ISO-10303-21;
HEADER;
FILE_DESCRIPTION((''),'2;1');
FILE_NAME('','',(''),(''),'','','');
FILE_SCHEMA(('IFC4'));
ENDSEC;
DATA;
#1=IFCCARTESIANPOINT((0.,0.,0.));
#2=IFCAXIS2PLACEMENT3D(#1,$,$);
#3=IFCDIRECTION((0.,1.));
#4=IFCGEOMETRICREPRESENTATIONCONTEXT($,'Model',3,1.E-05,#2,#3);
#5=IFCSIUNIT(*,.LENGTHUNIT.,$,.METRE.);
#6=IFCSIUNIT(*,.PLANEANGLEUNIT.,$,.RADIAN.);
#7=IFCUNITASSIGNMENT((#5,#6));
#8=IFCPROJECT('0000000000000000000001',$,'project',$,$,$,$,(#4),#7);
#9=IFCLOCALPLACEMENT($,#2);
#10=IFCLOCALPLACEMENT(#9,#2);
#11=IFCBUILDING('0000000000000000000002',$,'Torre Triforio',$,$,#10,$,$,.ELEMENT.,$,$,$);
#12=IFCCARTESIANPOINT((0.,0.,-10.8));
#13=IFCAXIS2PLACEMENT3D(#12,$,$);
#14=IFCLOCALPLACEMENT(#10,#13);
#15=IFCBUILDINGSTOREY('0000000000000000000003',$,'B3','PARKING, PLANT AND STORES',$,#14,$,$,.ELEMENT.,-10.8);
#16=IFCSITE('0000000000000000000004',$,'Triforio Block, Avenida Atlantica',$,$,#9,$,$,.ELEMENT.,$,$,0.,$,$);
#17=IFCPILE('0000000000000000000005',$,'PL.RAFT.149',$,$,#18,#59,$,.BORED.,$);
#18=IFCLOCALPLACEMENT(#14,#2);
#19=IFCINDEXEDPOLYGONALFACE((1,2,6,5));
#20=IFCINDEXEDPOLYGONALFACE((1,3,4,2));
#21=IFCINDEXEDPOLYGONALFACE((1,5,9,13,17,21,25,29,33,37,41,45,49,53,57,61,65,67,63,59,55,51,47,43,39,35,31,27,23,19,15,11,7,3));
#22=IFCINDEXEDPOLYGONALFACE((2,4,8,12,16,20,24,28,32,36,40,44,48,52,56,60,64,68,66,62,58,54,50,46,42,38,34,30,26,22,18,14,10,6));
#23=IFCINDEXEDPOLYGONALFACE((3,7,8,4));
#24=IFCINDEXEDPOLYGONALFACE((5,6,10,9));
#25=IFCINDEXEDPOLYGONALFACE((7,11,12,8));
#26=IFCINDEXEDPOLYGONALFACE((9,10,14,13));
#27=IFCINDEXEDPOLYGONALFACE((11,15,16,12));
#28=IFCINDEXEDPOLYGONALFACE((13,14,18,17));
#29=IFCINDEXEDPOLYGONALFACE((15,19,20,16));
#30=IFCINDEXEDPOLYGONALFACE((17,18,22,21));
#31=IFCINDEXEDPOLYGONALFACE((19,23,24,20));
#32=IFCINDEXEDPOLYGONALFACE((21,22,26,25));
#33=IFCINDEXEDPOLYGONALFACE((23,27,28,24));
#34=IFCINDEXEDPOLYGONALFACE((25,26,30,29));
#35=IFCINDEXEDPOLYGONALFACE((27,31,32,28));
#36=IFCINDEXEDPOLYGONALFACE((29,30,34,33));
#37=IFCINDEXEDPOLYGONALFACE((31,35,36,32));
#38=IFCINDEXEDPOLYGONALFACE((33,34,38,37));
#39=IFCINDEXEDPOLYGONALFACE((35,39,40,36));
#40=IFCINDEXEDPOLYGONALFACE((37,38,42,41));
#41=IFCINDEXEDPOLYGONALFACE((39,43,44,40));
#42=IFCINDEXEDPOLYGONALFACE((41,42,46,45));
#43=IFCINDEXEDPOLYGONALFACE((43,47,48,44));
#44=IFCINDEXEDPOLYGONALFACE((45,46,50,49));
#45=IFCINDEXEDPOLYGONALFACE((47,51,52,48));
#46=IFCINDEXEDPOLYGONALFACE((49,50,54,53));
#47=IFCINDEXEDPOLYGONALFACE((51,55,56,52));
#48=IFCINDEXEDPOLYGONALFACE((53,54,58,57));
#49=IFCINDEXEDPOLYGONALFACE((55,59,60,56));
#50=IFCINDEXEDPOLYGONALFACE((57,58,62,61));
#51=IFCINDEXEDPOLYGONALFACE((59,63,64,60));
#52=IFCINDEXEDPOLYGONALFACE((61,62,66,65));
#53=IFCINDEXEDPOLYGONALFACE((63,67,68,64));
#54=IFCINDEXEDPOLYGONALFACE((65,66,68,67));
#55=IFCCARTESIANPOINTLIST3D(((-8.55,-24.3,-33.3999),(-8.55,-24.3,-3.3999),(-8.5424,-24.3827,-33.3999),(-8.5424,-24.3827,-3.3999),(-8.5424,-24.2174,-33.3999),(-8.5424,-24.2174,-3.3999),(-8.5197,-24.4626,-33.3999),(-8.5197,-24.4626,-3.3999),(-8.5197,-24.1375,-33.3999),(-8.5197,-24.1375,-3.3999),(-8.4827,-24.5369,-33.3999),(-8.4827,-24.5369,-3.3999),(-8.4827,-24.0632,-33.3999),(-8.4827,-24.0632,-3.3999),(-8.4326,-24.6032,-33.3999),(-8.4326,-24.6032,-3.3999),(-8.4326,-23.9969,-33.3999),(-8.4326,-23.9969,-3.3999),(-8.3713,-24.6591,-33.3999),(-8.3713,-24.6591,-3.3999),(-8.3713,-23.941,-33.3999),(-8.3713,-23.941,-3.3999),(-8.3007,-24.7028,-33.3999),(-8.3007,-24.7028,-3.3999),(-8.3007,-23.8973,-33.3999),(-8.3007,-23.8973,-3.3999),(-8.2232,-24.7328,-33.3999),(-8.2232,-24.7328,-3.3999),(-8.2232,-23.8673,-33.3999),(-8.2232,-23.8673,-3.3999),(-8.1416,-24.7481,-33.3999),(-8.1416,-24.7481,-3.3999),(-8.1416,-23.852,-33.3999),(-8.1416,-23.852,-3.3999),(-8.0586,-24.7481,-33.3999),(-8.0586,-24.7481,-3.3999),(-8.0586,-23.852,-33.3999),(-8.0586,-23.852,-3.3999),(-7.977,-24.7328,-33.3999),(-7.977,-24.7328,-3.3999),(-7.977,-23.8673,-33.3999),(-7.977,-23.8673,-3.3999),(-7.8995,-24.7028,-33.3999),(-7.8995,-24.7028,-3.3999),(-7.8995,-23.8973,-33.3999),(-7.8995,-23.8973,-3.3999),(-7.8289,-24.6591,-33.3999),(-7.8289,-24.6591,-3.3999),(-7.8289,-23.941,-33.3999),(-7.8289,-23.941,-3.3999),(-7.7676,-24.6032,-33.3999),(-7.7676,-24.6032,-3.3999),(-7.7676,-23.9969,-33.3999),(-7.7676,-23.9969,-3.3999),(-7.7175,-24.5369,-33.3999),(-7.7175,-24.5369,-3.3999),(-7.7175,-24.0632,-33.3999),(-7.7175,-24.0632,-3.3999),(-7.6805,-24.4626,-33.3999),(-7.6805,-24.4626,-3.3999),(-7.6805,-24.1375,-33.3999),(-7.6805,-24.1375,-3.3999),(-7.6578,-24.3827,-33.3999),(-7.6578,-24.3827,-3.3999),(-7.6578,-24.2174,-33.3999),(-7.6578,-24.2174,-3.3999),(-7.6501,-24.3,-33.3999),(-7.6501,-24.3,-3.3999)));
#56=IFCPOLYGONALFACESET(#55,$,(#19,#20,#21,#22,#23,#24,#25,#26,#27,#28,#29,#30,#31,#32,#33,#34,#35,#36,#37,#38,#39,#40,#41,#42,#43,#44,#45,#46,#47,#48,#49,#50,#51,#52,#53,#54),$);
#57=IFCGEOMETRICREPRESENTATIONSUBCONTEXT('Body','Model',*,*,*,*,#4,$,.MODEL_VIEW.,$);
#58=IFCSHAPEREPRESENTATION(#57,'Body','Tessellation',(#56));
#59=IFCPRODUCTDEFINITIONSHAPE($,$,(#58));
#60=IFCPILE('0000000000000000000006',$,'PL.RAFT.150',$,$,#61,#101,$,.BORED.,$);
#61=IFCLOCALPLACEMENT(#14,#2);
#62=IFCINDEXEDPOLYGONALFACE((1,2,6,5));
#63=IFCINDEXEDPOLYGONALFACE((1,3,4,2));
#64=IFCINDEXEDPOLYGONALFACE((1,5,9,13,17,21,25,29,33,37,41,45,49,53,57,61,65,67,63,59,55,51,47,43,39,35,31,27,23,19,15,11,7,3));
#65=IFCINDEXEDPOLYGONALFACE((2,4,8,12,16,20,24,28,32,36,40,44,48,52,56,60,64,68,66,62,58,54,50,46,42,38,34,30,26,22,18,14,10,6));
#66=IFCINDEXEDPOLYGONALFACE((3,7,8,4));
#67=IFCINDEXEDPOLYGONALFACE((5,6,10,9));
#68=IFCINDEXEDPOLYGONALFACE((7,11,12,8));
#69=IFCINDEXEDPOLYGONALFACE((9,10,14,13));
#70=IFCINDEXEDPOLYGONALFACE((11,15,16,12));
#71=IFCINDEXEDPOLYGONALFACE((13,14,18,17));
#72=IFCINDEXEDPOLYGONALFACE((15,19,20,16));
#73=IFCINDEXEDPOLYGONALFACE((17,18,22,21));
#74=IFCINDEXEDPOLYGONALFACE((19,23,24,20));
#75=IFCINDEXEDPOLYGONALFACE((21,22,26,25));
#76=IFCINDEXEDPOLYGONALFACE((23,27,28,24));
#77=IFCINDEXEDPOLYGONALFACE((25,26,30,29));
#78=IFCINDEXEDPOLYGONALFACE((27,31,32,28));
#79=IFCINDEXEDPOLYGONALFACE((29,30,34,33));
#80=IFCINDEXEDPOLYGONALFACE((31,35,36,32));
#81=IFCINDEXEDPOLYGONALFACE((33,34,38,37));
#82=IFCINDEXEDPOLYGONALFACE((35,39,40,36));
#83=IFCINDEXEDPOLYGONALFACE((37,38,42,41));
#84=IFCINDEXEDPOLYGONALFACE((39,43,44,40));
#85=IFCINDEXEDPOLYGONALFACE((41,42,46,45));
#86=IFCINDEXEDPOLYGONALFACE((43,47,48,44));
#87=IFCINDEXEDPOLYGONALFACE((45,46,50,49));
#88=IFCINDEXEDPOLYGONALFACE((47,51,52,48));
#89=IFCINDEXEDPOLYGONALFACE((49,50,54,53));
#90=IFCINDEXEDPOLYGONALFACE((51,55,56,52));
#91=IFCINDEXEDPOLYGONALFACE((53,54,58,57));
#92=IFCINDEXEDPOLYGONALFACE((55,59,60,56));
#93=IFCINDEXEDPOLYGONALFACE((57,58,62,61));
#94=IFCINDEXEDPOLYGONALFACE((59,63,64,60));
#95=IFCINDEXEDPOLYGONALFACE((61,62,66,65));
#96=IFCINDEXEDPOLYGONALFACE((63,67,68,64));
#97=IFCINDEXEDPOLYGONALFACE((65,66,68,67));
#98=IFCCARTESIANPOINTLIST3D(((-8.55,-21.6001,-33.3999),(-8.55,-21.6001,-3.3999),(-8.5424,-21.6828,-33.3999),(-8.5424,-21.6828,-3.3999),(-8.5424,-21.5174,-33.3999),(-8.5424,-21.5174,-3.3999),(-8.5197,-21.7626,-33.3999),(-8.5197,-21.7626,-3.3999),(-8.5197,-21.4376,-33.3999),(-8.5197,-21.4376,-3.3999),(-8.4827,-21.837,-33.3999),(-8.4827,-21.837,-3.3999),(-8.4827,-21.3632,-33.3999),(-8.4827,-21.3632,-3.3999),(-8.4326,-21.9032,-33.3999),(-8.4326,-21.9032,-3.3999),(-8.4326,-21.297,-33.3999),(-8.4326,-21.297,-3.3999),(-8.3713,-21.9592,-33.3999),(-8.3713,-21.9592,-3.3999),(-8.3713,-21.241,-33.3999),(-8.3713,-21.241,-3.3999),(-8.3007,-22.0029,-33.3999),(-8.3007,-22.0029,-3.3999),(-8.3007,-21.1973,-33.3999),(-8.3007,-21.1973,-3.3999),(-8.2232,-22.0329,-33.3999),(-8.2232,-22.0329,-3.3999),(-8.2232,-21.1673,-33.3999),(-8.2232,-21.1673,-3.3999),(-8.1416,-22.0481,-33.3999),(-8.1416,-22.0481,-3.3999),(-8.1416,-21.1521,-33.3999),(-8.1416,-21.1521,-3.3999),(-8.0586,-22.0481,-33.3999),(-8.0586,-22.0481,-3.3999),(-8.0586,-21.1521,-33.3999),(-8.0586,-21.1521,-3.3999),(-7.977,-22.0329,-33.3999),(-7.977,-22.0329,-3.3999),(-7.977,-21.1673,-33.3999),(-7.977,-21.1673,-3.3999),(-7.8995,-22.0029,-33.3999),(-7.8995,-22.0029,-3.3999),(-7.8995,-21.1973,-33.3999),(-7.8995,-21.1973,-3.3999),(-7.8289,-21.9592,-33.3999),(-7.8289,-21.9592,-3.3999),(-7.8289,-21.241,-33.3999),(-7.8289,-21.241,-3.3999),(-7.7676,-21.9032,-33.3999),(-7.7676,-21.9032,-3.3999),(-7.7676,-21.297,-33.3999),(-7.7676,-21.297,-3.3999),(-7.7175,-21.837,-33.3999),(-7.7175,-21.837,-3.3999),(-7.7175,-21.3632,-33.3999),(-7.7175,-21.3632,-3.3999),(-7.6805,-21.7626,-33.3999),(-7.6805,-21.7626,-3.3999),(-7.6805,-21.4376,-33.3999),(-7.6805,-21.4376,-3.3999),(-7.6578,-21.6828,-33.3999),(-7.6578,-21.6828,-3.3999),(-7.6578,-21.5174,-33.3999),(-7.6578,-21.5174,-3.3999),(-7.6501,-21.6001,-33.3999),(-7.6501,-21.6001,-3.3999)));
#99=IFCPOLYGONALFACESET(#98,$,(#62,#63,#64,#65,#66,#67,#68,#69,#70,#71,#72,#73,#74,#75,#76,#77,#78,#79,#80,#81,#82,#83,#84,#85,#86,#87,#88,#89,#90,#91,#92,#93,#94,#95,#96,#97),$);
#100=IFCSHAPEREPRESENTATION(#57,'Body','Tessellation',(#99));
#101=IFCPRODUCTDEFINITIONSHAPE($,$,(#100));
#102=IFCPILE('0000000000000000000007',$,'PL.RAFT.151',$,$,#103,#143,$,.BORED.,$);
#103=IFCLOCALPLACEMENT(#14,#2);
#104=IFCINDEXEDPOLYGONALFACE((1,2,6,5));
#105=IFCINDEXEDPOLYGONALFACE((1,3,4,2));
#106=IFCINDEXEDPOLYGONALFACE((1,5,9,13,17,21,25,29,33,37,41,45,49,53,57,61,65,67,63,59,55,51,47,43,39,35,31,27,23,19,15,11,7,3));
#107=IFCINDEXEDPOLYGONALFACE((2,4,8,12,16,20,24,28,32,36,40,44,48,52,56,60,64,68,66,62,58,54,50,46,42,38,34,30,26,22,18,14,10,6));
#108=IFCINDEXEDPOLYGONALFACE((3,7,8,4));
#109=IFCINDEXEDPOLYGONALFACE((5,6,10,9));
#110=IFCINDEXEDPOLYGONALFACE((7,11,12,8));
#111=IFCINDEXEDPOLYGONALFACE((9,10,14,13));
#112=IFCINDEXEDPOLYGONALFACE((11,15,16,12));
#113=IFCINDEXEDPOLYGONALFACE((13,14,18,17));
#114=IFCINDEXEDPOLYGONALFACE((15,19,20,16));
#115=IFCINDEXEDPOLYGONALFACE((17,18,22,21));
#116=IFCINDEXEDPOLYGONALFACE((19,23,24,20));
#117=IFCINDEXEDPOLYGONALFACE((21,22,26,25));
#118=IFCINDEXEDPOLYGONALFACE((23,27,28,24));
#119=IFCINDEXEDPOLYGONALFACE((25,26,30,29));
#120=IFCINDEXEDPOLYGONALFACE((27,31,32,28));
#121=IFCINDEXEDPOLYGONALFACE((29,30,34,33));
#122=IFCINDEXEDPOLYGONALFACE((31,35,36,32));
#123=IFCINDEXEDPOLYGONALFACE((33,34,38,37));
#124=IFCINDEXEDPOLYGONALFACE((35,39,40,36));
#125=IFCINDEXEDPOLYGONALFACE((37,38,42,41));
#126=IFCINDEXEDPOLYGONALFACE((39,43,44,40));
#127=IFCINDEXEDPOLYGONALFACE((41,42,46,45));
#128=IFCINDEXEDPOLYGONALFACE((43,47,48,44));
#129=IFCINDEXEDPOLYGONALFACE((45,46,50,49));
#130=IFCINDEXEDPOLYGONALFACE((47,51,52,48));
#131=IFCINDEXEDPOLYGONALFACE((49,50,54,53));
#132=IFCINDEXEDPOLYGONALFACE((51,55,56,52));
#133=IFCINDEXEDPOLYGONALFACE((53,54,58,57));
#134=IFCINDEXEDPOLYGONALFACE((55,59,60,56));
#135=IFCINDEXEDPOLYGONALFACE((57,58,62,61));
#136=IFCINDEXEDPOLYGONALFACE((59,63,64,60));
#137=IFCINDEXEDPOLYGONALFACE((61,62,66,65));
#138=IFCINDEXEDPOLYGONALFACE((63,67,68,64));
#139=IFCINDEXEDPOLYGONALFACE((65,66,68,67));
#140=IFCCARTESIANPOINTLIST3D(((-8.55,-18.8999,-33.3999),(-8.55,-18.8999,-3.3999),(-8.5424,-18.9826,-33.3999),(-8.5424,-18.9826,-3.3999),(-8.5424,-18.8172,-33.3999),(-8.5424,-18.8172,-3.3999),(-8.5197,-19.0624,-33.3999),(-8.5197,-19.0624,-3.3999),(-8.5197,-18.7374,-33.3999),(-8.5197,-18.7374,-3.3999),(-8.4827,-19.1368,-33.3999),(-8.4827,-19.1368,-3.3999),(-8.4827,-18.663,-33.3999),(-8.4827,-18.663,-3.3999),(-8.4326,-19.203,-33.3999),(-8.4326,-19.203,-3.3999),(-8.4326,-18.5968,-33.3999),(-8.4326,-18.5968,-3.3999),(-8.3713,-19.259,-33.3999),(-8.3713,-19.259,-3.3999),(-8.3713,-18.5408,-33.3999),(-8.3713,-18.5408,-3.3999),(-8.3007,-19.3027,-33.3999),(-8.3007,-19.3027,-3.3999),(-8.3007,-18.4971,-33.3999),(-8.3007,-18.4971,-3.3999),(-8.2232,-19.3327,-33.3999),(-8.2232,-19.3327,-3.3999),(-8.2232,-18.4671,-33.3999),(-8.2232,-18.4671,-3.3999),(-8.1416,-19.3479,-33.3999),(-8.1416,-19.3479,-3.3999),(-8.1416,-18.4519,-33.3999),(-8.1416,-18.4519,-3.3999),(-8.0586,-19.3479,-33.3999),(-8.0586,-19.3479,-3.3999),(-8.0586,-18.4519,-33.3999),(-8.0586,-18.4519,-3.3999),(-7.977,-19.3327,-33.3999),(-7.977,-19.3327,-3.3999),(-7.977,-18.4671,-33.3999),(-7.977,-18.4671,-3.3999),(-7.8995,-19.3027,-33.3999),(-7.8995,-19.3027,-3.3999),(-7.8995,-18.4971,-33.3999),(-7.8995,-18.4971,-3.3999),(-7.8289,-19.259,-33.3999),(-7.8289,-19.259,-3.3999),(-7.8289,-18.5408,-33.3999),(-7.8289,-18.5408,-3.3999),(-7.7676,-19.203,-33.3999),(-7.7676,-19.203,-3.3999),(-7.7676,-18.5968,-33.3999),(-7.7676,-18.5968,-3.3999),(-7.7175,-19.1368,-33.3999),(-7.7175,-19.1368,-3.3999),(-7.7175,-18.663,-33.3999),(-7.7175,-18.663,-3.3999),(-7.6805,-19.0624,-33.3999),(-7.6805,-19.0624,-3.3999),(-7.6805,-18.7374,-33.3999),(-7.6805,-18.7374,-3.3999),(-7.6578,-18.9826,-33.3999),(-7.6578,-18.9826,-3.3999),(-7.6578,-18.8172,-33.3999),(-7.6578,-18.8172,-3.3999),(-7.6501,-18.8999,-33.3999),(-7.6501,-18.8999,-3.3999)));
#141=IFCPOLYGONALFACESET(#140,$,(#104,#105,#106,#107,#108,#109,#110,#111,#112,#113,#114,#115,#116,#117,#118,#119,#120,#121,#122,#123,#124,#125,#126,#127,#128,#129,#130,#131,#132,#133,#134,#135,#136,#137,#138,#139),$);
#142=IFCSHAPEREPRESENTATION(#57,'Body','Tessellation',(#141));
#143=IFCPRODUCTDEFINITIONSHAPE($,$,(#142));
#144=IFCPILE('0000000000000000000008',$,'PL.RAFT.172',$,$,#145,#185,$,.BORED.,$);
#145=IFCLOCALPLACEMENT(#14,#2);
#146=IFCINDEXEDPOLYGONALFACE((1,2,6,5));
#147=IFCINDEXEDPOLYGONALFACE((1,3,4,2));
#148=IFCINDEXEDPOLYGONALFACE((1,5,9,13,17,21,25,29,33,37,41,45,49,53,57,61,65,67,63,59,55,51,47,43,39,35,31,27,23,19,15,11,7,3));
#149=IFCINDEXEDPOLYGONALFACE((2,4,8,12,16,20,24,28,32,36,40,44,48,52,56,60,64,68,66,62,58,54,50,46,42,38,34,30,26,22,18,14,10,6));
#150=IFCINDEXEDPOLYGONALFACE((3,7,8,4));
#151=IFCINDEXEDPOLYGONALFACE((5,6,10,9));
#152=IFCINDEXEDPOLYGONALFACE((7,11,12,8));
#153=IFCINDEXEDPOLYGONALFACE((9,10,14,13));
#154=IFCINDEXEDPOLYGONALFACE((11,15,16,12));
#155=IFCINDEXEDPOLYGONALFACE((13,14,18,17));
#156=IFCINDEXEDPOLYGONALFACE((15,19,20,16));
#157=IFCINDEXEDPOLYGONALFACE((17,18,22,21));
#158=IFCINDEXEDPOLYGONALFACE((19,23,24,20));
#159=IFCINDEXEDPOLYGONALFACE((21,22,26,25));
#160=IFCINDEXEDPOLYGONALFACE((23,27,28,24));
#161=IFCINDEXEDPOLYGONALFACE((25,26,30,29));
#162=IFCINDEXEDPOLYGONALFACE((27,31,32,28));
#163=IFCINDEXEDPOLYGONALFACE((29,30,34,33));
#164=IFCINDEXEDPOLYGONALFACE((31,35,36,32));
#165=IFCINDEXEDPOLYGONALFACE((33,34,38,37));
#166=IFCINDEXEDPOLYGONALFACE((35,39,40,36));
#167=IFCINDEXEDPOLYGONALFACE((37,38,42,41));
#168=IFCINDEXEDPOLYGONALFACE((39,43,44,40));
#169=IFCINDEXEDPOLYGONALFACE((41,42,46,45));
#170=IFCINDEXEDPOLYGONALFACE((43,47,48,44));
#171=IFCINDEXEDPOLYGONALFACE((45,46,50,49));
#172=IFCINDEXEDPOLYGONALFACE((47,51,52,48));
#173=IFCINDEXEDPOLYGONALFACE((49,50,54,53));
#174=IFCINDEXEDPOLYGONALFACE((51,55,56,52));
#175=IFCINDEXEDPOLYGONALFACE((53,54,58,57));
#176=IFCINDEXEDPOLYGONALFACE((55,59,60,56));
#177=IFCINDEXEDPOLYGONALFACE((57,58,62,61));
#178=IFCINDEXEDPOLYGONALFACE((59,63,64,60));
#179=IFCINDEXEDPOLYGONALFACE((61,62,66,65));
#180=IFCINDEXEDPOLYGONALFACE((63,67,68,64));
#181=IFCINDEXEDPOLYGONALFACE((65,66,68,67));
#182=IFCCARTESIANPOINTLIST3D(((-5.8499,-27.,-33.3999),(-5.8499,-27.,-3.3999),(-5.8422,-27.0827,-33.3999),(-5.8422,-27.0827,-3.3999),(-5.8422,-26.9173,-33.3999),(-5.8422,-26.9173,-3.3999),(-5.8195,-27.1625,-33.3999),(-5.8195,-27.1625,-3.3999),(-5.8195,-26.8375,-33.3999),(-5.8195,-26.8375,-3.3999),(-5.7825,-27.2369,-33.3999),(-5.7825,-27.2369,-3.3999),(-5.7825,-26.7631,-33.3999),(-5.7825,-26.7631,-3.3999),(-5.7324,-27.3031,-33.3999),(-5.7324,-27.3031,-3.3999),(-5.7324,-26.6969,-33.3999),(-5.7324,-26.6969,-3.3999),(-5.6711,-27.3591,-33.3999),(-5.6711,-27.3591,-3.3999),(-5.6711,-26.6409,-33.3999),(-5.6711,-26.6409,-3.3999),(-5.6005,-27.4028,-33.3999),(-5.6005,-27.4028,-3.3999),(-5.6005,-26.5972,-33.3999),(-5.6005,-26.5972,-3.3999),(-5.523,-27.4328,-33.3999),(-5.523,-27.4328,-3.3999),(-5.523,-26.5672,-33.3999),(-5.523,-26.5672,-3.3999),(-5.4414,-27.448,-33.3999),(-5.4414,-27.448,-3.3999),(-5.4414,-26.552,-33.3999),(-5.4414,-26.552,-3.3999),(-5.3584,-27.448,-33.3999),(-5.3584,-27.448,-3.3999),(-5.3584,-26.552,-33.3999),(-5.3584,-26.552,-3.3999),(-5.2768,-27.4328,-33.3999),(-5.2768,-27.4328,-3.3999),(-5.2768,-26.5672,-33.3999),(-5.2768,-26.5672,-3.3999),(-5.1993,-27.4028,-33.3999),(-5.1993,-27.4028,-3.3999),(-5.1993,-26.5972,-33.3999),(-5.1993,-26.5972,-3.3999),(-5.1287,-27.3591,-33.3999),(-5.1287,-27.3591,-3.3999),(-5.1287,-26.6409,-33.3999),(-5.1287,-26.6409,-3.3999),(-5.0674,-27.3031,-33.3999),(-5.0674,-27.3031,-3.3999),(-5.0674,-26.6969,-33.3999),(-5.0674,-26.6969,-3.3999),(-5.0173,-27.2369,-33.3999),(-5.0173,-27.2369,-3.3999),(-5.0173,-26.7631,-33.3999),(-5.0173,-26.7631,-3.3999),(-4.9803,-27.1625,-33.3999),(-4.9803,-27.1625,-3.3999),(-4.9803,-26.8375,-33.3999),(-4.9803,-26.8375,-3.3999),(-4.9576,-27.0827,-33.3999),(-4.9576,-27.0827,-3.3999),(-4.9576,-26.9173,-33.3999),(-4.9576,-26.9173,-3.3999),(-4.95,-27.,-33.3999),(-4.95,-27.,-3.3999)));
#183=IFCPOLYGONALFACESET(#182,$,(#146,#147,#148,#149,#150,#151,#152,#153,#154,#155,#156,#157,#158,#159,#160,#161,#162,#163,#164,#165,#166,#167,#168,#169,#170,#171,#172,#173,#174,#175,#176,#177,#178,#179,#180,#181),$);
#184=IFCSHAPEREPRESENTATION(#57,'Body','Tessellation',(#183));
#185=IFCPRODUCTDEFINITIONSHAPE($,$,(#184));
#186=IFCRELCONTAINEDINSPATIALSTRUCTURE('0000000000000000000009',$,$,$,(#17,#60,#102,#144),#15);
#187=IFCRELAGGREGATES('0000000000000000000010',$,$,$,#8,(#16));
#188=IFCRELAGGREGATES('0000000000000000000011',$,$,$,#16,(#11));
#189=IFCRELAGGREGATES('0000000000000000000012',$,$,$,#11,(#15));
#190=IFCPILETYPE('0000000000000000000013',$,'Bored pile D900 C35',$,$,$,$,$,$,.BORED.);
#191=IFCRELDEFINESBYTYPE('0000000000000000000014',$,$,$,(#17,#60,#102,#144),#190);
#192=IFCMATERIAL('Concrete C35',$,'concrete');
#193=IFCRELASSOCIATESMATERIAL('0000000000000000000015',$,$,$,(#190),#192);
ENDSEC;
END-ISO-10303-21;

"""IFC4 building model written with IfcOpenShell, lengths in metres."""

from ifc_helpers import new_model, si_unit, direction, frame, origin, origin_2d, place, context, subcontext, project, spatial, circle, extrude, material, material_profile, profile_set, type_object, element, save


model = new_model("IFC4")

# Units and contexts
model_context = context("Model", 3, precision=1e-05, world=origin(), true_north=direction((0.0, 1.0)))
body_context = subcontext(model_context, "Body", "Model", "MODEL_VIEW")
ifc_project = project(units=[si_unit("LENGTHUNIT", "METRE"), si_unit("PLANEANGLEUNIT", "RADIAN")], contexts=[model_context])

# Site, building, storey
site_placement = place(None, origin())
site = spatial("IfcSite", under=ifc_project, at=site_placement, Name="Triforio Block, Avenida Atlantica", CompositionType="ELEMENT", RefElevation=0.0)
building_placement = place(site_placement, origin())
building = spatial("IfcBuilding", under=site, at=building_placement, Name="Torre Triforio", CompositionType="ELEMENT")
storey_placement = place(building_placement, frame((0.0, 0.0, -10.8)))
storey = spatial("IfcBuildingStorey", under=building, at=storey_placement, Name="B3", Description="PARKING, PLANT AND STORES", CompositionType="ELEMENT", Elevation=-10.8)

# Piles
ifc_material_1 = material(Name="Concrete C35", Category="concrete")
ifc_material_profile_1 = material_profile(ifc_material_1, circle(Radius=0.45, at=origin_2d()), Name="RC D900")
ifc_profile_set_1 = profile_set([ifc_material_profile_1], Name="Concrete C35")
pile_type = type_object("IfcPileType", Name="Bored pile D900 C35", PredefinedType="BORED", material=ifc_profile_set_1)
for number, where, z_axis, x_axis, name in (
    (1, (-8.1001, -24.3, -3.3999), (0.0, 0.0, -1.0), (1.0, 0.0, 0.0), "PL.RAFT.149"),
    (2, (-8.1001, -21.6001, -3.3999), (0.0, 0.0, -1.0), (1.0, 0.0, 0.0), "PL.RAFT.150"),
    (3, (-8.1001, -18.8999, -3.3999), (0.0, 0.0, -1.0), (1.0, 0.0, 0.0), "PL.RAFT.151"),
    (4, (-5.3999, -27.0, -3.3999), (0.0, 0.0, -1.0), (1.0, 0.0, 0.0), "PL.RAFT.172"),
):
    element("IfcPile", number, at=place(storey_placement, frame(where, z_axis=z_axis, x_axis=x_axis)), inside=storey, type_object=pile_type, Name=name, PredefinedType="BORED", context=body_context, shape_type="SweptSolid", body=[
        extrude(circle(Radius=0.45, at=origin_2d()), origin(), (0.0, 0.0, 1.0), 30.0),
    ])

save(model, "model.ifc")
